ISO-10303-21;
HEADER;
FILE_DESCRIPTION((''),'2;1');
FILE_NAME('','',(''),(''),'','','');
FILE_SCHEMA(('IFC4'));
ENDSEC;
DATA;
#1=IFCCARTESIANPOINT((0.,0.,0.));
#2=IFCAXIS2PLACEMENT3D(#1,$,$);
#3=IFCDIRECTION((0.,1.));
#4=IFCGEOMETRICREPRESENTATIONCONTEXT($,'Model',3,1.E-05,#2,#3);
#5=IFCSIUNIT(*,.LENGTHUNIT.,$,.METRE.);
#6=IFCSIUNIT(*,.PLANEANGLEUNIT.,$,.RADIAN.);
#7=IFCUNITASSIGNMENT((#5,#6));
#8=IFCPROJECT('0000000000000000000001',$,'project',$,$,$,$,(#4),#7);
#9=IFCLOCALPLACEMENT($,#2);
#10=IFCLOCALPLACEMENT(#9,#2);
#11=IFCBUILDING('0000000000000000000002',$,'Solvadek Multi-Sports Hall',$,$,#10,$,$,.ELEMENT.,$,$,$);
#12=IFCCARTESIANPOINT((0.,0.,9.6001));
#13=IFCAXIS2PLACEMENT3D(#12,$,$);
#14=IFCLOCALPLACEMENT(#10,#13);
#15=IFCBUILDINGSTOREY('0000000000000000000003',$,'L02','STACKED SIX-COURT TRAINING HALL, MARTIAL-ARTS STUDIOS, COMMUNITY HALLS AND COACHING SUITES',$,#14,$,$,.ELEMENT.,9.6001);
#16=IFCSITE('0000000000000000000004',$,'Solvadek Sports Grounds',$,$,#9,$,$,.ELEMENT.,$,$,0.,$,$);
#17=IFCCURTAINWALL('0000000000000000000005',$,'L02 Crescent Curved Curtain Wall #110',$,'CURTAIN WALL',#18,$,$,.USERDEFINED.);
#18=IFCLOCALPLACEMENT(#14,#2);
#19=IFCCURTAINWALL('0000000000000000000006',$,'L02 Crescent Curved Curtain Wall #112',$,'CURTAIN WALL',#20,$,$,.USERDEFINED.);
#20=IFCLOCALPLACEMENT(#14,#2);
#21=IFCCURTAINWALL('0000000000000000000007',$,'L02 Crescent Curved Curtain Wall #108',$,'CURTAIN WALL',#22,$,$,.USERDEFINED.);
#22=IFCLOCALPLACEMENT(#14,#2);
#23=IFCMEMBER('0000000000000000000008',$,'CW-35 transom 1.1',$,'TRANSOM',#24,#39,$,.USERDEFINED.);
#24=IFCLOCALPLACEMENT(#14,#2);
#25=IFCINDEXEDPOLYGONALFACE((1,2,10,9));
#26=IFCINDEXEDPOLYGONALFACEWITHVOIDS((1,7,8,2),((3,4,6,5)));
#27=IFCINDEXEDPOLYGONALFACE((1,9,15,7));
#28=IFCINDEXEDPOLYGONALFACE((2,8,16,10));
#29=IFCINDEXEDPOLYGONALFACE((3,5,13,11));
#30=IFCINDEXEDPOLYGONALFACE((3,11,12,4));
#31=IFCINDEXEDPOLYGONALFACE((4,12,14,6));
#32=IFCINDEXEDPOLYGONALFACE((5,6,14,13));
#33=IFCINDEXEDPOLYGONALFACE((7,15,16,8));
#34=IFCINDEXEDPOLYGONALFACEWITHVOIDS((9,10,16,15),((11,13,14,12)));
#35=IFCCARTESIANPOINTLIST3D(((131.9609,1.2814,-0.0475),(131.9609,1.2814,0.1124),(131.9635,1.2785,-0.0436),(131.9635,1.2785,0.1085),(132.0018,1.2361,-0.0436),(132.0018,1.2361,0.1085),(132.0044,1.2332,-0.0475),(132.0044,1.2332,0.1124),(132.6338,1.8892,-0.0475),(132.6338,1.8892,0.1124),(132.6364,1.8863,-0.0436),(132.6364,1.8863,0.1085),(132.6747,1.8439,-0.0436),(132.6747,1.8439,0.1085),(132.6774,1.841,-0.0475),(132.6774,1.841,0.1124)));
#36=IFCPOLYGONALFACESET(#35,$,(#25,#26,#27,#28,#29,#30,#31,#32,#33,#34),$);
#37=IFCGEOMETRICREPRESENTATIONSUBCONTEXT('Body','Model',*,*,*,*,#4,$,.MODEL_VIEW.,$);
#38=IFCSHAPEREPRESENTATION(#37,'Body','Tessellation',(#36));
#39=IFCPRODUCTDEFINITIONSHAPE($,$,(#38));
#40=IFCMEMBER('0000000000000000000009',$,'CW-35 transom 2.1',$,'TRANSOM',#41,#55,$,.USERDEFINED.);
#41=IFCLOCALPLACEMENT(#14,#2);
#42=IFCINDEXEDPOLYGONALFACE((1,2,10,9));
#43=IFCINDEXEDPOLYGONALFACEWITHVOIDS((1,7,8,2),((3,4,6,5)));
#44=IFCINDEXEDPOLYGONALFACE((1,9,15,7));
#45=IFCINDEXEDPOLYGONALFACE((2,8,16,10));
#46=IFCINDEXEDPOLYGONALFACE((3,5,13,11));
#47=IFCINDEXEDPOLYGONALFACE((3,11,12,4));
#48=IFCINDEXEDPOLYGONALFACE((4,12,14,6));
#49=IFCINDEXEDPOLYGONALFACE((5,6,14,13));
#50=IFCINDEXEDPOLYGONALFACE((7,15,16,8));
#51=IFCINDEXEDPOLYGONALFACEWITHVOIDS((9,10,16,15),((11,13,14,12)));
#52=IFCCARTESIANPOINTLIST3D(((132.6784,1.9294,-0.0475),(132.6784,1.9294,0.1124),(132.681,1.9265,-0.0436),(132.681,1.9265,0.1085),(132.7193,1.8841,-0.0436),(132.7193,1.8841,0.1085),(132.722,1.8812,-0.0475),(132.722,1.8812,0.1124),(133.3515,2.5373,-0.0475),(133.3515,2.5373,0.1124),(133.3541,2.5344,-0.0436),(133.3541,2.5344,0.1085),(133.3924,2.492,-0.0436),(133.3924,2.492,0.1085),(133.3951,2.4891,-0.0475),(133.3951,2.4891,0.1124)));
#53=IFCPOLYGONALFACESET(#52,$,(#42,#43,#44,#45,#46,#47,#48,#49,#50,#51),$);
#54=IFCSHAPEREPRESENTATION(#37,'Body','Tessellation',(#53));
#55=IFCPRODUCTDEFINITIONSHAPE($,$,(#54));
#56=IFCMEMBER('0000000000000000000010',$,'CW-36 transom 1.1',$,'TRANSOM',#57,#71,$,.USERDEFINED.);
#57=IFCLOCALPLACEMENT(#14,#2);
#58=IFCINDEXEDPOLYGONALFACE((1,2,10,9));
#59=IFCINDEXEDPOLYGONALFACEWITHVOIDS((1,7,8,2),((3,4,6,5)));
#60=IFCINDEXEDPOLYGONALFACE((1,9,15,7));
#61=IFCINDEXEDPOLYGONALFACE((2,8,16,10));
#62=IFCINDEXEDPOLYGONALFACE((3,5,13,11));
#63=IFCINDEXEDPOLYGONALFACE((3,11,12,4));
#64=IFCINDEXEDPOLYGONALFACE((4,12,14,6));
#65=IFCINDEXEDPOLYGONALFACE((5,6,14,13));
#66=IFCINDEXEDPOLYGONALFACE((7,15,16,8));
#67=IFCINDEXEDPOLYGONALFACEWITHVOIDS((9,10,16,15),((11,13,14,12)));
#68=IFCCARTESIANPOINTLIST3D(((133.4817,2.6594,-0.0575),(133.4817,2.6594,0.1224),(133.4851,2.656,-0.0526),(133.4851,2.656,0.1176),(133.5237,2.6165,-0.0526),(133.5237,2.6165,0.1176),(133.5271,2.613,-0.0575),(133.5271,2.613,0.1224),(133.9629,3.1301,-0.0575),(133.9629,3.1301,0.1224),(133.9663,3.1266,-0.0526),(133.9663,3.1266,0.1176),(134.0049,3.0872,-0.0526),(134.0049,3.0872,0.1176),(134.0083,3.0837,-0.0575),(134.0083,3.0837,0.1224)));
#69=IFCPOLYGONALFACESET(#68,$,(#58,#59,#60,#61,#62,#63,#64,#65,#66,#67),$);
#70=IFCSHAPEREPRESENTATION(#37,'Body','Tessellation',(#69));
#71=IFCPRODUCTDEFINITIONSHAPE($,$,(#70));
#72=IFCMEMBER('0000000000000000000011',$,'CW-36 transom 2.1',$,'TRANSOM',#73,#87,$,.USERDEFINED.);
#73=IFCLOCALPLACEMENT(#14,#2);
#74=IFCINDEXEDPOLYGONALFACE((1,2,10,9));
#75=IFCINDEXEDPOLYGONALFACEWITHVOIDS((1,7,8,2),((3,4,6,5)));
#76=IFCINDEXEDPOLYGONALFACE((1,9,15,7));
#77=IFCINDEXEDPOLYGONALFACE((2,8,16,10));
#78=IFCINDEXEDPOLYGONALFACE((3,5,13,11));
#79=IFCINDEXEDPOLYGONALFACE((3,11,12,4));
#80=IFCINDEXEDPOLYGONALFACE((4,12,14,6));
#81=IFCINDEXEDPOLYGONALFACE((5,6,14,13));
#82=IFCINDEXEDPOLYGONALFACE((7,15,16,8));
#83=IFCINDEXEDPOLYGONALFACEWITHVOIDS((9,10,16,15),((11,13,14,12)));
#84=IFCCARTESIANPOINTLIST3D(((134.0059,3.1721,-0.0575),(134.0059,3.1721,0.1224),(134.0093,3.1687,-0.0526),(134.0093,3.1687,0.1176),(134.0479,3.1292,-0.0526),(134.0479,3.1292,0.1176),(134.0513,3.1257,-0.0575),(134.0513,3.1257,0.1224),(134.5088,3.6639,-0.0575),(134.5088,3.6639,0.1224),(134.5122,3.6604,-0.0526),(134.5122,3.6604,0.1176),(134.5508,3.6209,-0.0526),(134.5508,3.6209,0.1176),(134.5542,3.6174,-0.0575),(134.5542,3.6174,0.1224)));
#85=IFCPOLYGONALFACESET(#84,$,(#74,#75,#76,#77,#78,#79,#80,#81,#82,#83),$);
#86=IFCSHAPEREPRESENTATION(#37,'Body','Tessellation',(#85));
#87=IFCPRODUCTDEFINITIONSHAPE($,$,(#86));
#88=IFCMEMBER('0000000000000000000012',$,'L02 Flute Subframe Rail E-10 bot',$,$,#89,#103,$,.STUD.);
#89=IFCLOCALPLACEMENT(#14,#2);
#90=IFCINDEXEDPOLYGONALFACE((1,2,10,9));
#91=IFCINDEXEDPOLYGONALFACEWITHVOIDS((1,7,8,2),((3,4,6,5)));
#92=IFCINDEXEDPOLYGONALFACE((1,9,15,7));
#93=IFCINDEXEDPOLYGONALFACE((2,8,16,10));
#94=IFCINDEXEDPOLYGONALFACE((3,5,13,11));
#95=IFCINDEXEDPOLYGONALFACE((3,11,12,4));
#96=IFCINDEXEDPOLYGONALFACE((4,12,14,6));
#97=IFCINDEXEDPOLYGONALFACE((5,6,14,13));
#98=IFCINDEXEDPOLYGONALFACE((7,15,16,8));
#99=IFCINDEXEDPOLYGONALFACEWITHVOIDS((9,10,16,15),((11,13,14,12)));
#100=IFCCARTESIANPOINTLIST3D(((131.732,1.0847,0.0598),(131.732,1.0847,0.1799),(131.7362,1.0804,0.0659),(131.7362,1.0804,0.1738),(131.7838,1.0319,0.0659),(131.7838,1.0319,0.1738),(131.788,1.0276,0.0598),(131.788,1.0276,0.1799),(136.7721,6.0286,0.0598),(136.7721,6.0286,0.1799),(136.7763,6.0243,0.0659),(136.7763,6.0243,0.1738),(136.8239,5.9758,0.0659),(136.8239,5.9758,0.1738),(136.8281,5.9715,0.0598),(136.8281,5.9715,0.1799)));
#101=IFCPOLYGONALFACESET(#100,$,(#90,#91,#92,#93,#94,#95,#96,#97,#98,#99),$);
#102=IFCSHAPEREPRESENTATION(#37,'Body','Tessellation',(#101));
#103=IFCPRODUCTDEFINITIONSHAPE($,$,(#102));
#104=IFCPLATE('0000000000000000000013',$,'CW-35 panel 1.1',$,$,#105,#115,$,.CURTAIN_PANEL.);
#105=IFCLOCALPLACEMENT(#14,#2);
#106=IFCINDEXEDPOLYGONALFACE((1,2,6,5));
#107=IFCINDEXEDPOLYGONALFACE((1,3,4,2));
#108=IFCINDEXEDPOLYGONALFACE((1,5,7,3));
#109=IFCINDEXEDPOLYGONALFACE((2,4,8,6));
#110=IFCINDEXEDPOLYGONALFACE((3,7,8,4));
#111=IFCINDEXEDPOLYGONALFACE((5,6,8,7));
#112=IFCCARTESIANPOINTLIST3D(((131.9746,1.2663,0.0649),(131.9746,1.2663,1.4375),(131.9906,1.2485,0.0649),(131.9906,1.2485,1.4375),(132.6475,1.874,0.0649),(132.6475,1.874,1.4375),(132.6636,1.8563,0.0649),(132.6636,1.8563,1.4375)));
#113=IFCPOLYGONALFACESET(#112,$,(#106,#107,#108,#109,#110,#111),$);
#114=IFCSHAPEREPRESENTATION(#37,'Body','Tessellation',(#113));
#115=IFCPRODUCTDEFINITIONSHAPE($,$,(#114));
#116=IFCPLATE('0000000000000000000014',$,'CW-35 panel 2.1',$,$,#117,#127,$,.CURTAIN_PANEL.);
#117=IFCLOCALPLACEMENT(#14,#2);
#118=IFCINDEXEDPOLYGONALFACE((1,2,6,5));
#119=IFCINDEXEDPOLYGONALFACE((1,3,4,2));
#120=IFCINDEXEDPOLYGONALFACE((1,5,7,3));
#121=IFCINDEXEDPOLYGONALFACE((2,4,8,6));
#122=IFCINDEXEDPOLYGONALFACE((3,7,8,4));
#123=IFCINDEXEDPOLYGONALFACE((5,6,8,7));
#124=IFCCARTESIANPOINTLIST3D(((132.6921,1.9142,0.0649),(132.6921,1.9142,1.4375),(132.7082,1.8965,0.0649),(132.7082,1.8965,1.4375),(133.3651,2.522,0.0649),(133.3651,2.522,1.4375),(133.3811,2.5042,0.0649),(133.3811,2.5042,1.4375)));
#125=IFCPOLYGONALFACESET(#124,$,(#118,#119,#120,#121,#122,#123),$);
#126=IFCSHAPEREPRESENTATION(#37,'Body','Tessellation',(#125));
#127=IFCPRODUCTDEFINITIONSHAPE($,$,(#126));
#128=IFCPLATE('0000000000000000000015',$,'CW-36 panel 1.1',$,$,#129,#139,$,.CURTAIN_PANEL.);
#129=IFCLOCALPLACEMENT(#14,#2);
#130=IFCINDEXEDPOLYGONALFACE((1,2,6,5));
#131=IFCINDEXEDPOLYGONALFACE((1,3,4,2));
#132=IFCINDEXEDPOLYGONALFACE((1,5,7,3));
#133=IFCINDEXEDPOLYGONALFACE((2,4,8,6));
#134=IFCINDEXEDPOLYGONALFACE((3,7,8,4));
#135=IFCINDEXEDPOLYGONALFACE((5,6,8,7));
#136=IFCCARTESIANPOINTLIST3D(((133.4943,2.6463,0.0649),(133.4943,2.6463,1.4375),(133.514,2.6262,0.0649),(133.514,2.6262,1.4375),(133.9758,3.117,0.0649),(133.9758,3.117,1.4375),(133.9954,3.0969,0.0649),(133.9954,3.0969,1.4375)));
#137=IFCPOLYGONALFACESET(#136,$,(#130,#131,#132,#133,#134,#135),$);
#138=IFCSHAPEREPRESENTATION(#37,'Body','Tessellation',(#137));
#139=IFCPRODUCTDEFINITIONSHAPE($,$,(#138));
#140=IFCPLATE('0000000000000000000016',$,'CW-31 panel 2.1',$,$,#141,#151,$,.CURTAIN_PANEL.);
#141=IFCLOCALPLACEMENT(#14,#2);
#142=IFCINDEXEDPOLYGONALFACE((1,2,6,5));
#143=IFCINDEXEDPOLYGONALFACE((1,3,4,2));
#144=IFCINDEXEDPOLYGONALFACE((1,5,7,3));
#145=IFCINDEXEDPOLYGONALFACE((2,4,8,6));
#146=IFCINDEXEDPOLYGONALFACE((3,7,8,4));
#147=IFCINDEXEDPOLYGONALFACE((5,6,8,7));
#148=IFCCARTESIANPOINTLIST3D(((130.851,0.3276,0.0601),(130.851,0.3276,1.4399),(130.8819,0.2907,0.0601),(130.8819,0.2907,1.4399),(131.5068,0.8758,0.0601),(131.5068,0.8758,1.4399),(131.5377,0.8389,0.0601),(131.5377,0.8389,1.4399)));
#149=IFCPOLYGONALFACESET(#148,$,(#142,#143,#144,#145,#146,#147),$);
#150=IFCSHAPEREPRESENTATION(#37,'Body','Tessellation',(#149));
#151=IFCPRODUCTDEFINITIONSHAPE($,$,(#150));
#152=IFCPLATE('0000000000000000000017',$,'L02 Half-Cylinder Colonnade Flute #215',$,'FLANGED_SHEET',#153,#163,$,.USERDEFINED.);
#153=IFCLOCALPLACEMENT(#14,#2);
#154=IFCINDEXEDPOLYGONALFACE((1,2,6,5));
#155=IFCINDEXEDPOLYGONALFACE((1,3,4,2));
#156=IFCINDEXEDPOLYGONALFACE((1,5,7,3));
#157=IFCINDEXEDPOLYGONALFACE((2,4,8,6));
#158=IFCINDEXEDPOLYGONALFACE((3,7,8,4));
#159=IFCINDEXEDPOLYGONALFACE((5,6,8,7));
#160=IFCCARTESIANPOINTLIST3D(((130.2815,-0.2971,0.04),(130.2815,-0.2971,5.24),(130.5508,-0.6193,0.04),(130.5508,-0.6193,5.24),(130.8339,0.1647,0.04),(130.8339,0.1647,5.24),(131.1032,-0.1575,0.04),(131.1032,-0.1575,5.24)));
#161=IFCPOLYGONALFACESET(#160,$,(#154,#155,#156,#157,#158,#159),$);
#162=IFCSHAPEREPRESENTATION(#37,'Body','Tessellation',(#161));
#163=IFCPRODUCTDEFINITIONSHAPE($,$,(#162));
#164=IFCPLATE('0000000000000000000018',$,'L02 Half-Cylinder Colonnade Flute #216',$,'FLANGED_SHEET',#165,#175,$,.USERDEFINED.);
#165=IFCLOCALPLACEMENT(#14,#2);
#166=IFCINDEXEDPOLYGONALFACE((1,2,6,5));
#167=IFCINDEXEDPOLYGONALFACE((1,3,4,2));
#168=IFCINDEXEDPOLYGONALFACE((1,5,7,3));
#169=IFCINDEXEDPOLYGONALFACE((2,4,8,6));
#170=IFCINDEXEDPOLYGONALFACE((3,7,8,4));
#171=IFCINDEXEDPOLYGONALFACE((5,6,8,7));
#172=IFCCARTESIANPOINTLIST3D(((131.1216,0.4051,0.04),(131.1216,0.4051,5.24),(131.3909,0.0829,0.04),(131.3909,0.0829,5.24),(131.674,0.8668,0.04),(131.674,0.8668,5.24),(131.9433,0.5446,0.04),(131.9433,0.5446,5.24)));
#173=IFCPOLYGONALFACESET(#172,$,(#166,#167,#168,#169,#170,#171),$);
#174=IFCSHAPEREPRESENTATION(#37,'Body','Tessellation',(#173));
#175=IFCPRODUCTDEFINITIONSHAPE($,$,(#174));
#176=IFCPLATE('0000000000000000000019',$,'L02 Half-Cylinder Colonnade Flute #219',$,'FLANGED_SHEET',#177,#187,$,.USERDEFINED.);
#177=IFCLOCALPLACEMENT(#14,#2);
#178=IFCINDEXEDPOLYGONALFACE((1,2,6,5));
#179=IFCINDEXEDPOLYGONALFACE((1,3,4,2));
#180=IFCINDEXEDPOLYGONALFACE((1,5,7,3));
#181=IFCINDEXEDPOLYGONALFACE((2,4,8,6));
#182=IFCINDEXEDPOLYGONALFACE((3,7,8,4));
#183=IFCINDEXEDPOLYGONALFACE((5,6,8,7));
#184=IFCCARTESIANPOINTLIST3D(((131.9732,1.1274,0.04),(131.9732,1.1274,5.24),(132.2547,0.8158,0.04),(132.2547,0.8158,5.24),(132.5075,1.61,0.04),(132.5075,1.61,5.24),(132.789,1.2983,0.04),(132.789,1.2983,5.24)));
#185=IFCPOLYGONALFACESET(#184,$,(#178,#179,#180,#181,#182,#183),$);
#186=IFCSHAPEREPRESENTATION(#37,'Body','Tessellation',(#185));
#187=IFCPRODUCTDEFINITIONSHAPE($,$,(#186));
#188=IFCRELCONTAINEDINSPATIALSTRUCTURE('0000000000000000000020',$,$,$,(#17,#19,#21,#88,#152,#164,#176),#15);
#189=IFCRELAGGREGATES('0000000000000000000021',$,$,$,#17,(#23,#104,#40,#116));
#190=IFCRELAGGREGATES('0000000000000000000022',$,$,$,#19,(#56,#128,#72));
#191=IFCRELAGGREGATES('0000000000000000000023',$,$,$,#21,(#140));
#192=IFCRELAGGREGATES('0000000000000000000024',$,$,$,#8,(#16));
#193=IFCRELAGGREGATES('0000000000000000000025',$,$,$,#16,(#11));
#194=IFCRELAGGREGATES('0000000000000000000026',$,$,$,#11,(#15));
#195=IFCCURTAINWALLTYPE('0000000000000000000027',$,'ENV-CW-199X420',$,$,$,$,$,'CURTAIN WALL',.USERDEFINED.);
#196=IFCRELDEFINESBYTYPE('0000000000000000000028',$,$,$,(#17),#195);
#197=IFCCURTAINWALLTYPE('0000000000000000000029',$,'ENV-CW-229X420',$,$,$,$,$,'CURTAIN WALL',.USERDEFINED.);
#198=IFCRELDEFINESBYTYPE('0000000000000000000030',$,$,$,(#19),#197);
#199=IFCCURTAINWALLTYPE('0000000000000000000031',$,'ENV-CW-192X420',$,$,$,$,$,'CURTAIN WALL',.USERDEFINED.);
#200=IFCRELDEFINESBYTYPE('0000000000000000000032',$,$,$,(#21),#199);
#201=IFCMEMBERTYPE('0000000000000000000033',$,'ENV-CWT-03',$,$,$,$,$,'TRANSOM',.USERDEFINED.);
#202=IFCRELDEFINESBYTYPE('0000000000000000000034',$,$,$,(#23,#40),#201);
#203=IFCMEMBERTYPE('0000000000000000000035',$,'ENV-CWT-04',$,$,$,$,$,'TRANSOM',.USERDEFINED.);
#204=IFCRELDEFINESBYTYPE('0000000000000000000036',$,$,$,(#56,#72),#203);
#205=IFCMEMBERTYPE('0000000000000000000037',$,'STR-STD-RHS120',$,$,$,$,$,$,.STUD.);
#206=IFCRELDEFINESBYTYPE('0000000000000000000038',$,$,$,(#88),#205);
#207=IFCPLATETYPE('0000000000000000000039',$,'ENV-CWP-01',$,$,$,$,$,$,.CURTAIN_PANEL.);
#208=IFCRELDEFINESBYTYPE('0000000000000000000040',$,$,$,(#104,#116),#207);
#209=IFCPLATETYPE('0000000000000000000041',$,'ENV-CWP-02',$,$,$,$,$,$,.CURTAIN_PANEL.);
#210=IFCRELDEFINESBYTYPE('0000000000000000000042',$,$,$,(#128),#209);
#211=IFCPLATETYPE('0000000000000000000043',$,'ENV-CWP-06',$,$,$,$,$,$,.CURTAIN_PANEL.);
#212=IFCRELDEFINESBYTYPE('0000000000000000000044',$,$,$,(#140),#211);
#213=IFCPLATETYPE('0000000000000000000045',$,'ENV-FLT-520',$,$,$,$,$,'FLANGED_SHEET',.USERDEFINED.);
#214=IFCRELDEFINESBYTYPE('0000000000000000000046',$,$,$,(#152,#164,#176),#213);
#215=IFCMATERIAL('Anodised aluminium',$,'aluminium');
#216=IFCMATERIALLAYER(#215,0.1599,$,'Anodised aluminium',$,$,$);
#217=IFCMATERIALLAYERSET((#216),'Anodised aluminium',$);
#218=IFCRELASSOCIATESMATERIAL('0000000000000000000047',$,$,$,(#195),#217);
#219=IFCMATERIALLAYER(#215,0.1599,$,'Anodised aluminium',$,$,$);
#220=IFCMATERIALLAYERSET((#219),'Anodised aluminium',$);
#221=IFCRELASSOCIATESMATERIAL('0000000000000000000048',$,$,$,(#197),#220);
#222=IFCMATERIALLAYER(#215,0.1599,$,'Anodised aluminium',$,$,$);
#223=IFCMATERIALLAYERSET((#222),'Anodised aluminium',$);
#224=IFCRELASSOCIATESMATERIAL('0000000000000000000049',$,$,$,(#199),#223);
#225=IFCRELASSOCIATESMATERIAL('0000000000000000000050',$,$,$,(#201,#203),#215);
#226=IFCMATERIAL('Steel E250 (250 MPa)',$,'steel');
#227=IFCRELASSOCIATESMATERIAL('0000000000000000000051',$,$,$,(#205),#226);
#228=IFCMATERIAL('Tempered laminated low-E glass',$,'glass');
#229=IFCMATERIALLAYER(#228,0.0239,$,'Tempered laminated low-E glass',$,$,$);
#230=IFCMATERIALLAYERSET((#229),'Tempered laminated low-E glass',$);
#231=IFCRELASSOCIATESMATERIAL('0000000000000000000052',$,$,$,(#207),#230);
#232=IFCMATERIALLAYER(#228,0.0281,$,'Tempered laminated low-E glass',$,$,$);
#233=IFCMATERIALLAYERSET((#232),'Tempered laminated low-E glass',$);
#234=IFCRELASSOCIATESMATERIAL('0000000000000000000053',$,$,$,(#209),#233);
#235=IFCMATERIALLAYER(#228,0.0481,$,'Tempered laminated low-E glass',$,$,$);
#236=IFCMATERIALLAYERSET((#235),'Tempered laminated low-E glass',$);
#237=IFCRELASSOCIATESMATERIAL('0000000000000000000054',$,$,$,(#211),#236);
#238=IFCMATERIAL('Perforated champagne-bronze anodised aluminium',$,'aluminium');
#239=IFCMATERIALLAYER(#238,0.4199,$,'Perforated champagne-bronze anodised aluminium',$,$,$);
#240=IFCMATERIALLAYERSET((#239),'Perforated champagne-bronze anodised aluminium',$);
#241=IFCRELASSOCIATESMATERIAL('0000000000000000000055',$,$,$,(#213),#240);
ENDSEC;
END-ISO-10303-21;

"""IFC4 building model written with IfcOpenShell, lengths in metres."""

from ifc_helpers import new_model, si_unit, direction, frame, origin, origin_2d, place, context, subcontext, project, spatial, rectangle, hollow_rectangle, extrude, material, layer, layer_set, material_profile, profile_set, type_object, element, aggregate, save


model = new_model("IFC4")

# Units and contexts
model_context = context("Model", 3, precision=1e-05, world=origin(), true_north=direction((0.0, 1.0)))
body_context = subcontext(model_context, "Body", "Model", "MODEL_VIEW")
ifc_project = project(units=[si_unit("LENGTHUNIT", "METRE"), si_unit("PLANEANGLEUNIT", "RADIAN")], contexts=[model_context])

# Site, building, storey
site_placement = place(None, origin())
site = spatial("IfcSite", under=ifc_project, at=site_placement, Name="Solvadek Sports Grounds", CompositionType="ELEMENT", RefElevation=0.0)
building_placement = place(site_placement, origin())
building = spatial("IfcBuilding", under=site, at=building_placement, Name="Solvadek Multi-Sports Hall", CompositionType="ELEMENT")
storey_placement = place(building_placement, frame((0.0, 0.0, 9.6001)))
storey = spatial("IfcBuildingStorey", under=building, at=storey_placement, Name="L02", Description="STACKED SIX-COURT TRAINING HALL, MARTIAL-ARTS STUDIOS, COMMUNITY HALLS AND COACHING SUITES", CompositionType="ELEMENT", Elevation=9.6001)

# Curtain walls
ifc_material_1 = material(Name="Anodised aluminium", Category="aluminium")
ifc_layer_1 = layer(ifc_material_1, 0.1599, Name="Anodised aluminium")
ifc_layer_set_1 = layer_set([ifc_layer_1], Name="Anodised aluminium")
curtain_wall_type_1 = type_object("IfcCurtainWallType", Name="ENV-CW-199X420", ElementType="CURTAIN WALL", PredefinedType="USERDEFINED", material=ifc_layer_set_1)
curtain_wall_1_placement = place(storey_placement, origin())
curtain_wall_1 = element("IfcCurtainWall", 1, at=curtain_wall_1_placement, inside=storey, type_object=curtain_wall_type_1, Name="L02 Crescent Curved Curtain Wall #110", ObjectType="CURTAIN WALL", PredefinedType="USERDEFINED")
ifc_layer_2 = layer(ifc_material_1, 0.1599, Name="Anodised aluminium")
ifc_layer_set_2 = layer_set([ifc_layer_2], Name="Anodised aluminium")
curtain_wall_type_2 = type_object("IfcCurtainWallType", Name="ENV-CW-229X420", ElementType="CURTAIN WALL", PredefinedType="USERDEFINED", material=ifc_layer_set_2)
curtain_wall_2_placement = place(storey_placement, origin())
curtain_wall_2 = element("IfcCurtainWall", 2, at=curtain_wall_2_placement, inside=storey, type_object=curtain_wall_type_2, Name="L02 Crescent Curved Curtain Wall #112", ObjectType="CURTAIN WALL", PredefinedType="USERDEFINED")
ifc_layer_3 = layer(ifc_material_1, 0.1599, Name="Anodised aluminium")
ifc_layer_set_3 = layer_set([ifc_layer_3], Name="Anodised aluminium")
curtain_wall_type_3 = type_object("IfcCurtainWallType", Name="ENV-CW-192X420", ElementType="CURTAIN WALL", PredefinedType="USERDEFINED", material=ifc_layer_set_3)
curtain_wall_3_placement = place(storey_placement, origin())
curtain_wall_3 = element("IfcCurtainWall", 3, at=curtain_wall_3_placement, inside=storey, type_object=curtain_wall_type_3, Name="L02 Crescent Curved Curtain Wall #108", ObjectType="CURTAIN WALL", PredefinedType="USERDEFINED")

# Members
ifc_material_profile_1 = material_profile(ifc_material_1, hollow_rectangle(XDim=0.0649, YDim=0.1599, WallThickness=0.0039, at=origin_2d()), Name="ALU-T 160x65x4")
ifc_profile_set_1 = profile_set([ifc_material_profile_1], Name="Anodised aluminium")
member_type_1 = type_object("IfcMemberType", Name="ENV-CWT-03", ElementType="TRANSOM", PredefinedType="USERDEFINED", material=ifc_profile_set_1)
member_1_placement = place(storey_placement, frame((131.9827, 1.2573, 0.0325), z_axis=(0.742142, 0.670243, 0.0), x_axis=(-0.670243, 0.742142, 0.0)))
member_1 = element("IfcMember", 4, at=member_1_placement, type_object=member_type_1, Name="CW-35 transom 1.1", ObjectType="TRANSOM", PredefinedType="USERDEFINED", context=body_context, shape_type="SweptSolid", body=[
    extrude(hollow_rectangle(XDim=0.0649, YDim=0.1599, WallThickness=0.0039, at=origin_2d()), origin(), (0.0, 0.0, 1.0), 0.9067),
])
member_2_placement = place(storey_placement, frame((132.7002, 1.9053, 0.0325), z_axis=(0.742129, 0.670258, 0.0), x_axis=(-0.670258, 0.742129, 0.0)))
member_2 = element("IfcMember", 5, at=member_2_placement, type_object=member_type_1, Name="CW-35 transom 2.1", ObjectType="TRANSOM", PredefinedType="USERDEFINED", context=body_context, shape_type="SweptSolid", body=[
    extrude(hollow_rectangle(XDim=0.0649, YDim=0.1599, WallThickness=0.0039, at=origin_2d()), origin(), (0.0, 0.0, 1.0), 0.907),
])
ifc_material_profile_2 = material_profile(ifc_material_1, hollow_rectangle(XDim=0.0649, YDim=0.1799, WallThickness=0.0049, at=origin_2d()), Name="ALU-T 180x65x5")
ifc_profile_set_2 = profile_set([ifc_material_profile_2], Name="Anodised aluminium")
member_type_2 = type_object("IfcMemberType", Name="ENV-CWT-04", ElementType="TRANSOM", PredefinedType="USERDEFINED", material=ifc_profile_set_2)
member_3_placement = place(storey_placement, frame((133.5044, 2.6362, 0.0325), z_axis=(0.714862, 0.699266, 0.0), x_axis=(-0.699266, 0.714862, 0.0)))
member_3 = element("IfcMember", 6, at=member_3_placement, type_object=member_type_2, Name="CW-36 transom 1.1", ObjectType="TRANSOM", PredefinedType="USERDEFINED", context=body_context, shape_type="SweptSolid", body=[
    extrude(hollow_rectangle(XDim=0.0649, YDim=0.1799, WallThickness=0.0049, at=origin_2d()), origin(), (0.0, 0.0, 1.0), 0.6731),
])
member_4_placement = place(storey_placement, frame((134.0286, 3.1489, 0.0325), z_axis=(0.715045, 0.699078, 0.0), x_axis=(-0.699078, 0.715045, 0.0)))
member_4 = element("IfcMember", 7, at=member_4_placement, type_object=member_type_2, Name="CW-36 transom 2.1", ObjectType="TRANSOM", PredefinedType="USERDEFINED", context=body_context, shape_type="SweptSolid", body=[
    extrude(hollow_rectangle(XDim=0.0649, YDim=0.1799, WallThickness=0.0049, at=origin_2d()), origin(), (0.0, 0.0, 1.0), 0.7034),
])
ifc_material_2 = material(Name="Steel E250 (250 MPa)", Category="steel")
ifc_material_profile_3 = material_profile(ifc_material_2, hollow_rectangle(XDim=0.0801, YDim=0.1201, WallThickness=0.0061, at=origin_2d()), Name="RHS 120x80x6")
ifc_profile_set_3 = profile_set([ifc_material_profile_3], Name="Steel E250 (250 MPa)")
member_type_3 = type_object("IfcMemberType", Name="STR-STD-RHS120", PredefinedType="STUD", material=ifc_profile_set_3)
member_5_placement = place(storey_placement, frame((131.76, 1.0562, 0.1199), z_axis=(0.713886, 0.700262, 0.0), x_axis=(-0.700262, 0.713886, 0.0)))
element("IfcMember", 8, at=member_5_placement, inside=storey, type_object=member_type_3, Name="L02 Flute Subframe Rail E-10 bot", PredefinedType="STUD", context=body_context, shape_type="SweptSolid", body=[
    extrude(hollow_rectangle(XDim=0.0801, YDim=0.1201, WallThickness=0.0061, at=origin_2d()), origin(), (0.0, 0.0, 1.0), 7.0601),
])

# Plates
ifc_material_3 = material(Name="Tempered laminated low-E glass", Category="glass")
ifc_layer_4 = layer(ifc_material_3, 0.0239, Name="Tempered laminated low-E glass")
ifc_layer_set_4 = layer_set([ifc_layer_4], Name="Tempered laminated low-E glass")
plate_type_1 = type_object("IfcPlateType", Name="ENV-CWP-01", PredefinedType="CURTAIN_PANEL", material=ifc_layer_set_4)
plate_1_placement = place(storey_placement, frame((132.3191, 1.5613, 0.0649), z_axis=(0.0, 0.0, 1.0), x_axis=(0.742156, 0.670227, 0.0)))
plate_1 = element("IfcPlate", 9, at=plate_1_placement, type_object=plate_type_1, Name="CW-35 panel 1.1", PredefinedType="CURTAIN_PANEL", context=body_context, shape_type="SweptSolid", body=[
    extrude(rectangle(XDim=0.9067, YDim=0.0239, at=origin_2d()), origin(), (0.0, 0.0, 1.0), 1.3726),
])
plate_2_placement = place(storey_placement, frame((133.0366, 2.2092, 0.0649), z_axis=(0.0, 0.0, 1.0), x_axis=(0.742156, 0.670227, 0.0)))
plate_2 = element("IfcPlate", 10, at=plate_2_placement, type_object=plate_type_1, Name="CW-35 panel 2.1", PredefinedType="CURTAIN_PANEL", context=body_context, shape_type="SweptSolid", body=[
    extrude(rectangle(XDim=0.9067, YDim=0.0239, at=origin_2d()), origin(), (0.0, 0.0, 1.0), 1.3726),
])
aggregate(curtain_wall_1, [member_1, plate_1, member_2, plate_2])
ifc_layer_5 = layer(ifc_material_3, 0.0281, Name="Tempered laminated low-E glass")
ifc_layer_set_5 = layer_set([ifc_layer_5], Name="Tempered laminated low-E glass")
plate_type_2 = type_object("IfcPlateType", Name="ENV-CWP-02", PredefinedType="CURTAIN_PANEL", material=ifc_layer_set_5)
plate_3_placement = place(storey_placement, frame((133.7449, 2.8716, 0.0649), z_axis=(0.0, 0.0, 1.0), x_axis=(0.715032, 0.699091, 0.0)))
plate_3 = element("IfcPlate", 11, at=plate_3_placement, type_object=plate_type_2, Name="CW-36 panel 1.1", PredefinedType="CURTAIN_PANEL", context=body_context, shape_type="SweptSolid", body=[
    extrude(rectangle(XDim=0.6733, YDim=0.0281, at=origin_2d()), origin(), (0.0, 0.0, 1.0), 1.3726),
])
aggregate(curtain_wall_2, [member_3, plate_3, member_4])
ifc_layer_6 = layer(ifc_material_3, 0.0481, Name="Tempered laminated low-E glass")
ifc_layer_set_6 = layer_set([ifc_layer_6], Name="Tempered laminated low-E glass")
plate_type_3 = type_object("IfcPlateType", Name="ENV-CWP-06", PredefinedType="CURTAIN_PANEL", material=ifc_layer_set_6)
plate_4_placement = place(storey_placement, frame((131.1943, 0.5833, 0.0601), z_axis=(0.0, 0.0, 1.0), x_axis=(0.767251, 0.641347, 0.0)))
plate_4 = element("IfcPlate", 12, at=plate_4_placement, type_object=plate_type_3, Name="CW-31 panel 2.1", PredefinedType="CURTAIN_PANEL", context=body_context, shape_type="SweptSolid", body=[
    extrude(rectangle(XDim=0.8547, YDim=0.0481, at=origin_2d()), origin(), (0.0, 0.0, 1.0), 1.3799),
])
aggregate(curtain_wall_3, [plate_4])

# Plates
ifc_material_4 = material(Name="Perforated champagne-bronze anodised aluminium", Category="aluminium")
ifc_layer_7 = layer(ifc_material_4, 0.4199, Name="Perforated champagne-bronze anodised aluminium")
ifc_layer_set_7 = layer_set([ifc_layer_7], Name="Perforated champagne-bronze anodised aluminium")
plate_type_4 = type_object("IfcPlateType", Name="ENV-FLT-520", ElementType="FLANGED_SHEET", PredefinedType="USERDEFINED", material=ifc_layer_set_7)
for number, where, z_axis, x_axis, name in (
    (13, (130.6924, -0.2273, 0.04), (0.0, 0.0, 1.0), (0.767255, 0.641343, 0.0), "L02 Half-Cylinder Colonnade Flute #215"),
    (14, (131.5325, 0.4749, 0.04), (0.0, 0.0, 1.0), (0.767255, 0.641343, 0.0), "L02 Half-Cylinder Colonnade Flute #216"),
    (15, (132.3811, 1.2129, 0.04), (0.0, 0.0, 1.0), (0.742151, 0.670233, 0.0), "L02 Half-Cylinder Colonnade Flute #219"),
):
    element("IfcPlate", number, at=place(storey_placement, frame(where, z_axis=z_axis, x_axis=x_axis)), inside=storey, type_object=plate_type_4, Name=name, ObjectType="FLANGED_SHEET", PredefinedType="USERDEFINED", context=body_context, shape_type="SweptSolid", body=[
        extrude(rectangle(XDim=0.72, YDim=0.4199, at=origin_2d()), origin(), (0.0, 0.0, 1.0), 5.2),
    ])

save(model, "model.ifc")
